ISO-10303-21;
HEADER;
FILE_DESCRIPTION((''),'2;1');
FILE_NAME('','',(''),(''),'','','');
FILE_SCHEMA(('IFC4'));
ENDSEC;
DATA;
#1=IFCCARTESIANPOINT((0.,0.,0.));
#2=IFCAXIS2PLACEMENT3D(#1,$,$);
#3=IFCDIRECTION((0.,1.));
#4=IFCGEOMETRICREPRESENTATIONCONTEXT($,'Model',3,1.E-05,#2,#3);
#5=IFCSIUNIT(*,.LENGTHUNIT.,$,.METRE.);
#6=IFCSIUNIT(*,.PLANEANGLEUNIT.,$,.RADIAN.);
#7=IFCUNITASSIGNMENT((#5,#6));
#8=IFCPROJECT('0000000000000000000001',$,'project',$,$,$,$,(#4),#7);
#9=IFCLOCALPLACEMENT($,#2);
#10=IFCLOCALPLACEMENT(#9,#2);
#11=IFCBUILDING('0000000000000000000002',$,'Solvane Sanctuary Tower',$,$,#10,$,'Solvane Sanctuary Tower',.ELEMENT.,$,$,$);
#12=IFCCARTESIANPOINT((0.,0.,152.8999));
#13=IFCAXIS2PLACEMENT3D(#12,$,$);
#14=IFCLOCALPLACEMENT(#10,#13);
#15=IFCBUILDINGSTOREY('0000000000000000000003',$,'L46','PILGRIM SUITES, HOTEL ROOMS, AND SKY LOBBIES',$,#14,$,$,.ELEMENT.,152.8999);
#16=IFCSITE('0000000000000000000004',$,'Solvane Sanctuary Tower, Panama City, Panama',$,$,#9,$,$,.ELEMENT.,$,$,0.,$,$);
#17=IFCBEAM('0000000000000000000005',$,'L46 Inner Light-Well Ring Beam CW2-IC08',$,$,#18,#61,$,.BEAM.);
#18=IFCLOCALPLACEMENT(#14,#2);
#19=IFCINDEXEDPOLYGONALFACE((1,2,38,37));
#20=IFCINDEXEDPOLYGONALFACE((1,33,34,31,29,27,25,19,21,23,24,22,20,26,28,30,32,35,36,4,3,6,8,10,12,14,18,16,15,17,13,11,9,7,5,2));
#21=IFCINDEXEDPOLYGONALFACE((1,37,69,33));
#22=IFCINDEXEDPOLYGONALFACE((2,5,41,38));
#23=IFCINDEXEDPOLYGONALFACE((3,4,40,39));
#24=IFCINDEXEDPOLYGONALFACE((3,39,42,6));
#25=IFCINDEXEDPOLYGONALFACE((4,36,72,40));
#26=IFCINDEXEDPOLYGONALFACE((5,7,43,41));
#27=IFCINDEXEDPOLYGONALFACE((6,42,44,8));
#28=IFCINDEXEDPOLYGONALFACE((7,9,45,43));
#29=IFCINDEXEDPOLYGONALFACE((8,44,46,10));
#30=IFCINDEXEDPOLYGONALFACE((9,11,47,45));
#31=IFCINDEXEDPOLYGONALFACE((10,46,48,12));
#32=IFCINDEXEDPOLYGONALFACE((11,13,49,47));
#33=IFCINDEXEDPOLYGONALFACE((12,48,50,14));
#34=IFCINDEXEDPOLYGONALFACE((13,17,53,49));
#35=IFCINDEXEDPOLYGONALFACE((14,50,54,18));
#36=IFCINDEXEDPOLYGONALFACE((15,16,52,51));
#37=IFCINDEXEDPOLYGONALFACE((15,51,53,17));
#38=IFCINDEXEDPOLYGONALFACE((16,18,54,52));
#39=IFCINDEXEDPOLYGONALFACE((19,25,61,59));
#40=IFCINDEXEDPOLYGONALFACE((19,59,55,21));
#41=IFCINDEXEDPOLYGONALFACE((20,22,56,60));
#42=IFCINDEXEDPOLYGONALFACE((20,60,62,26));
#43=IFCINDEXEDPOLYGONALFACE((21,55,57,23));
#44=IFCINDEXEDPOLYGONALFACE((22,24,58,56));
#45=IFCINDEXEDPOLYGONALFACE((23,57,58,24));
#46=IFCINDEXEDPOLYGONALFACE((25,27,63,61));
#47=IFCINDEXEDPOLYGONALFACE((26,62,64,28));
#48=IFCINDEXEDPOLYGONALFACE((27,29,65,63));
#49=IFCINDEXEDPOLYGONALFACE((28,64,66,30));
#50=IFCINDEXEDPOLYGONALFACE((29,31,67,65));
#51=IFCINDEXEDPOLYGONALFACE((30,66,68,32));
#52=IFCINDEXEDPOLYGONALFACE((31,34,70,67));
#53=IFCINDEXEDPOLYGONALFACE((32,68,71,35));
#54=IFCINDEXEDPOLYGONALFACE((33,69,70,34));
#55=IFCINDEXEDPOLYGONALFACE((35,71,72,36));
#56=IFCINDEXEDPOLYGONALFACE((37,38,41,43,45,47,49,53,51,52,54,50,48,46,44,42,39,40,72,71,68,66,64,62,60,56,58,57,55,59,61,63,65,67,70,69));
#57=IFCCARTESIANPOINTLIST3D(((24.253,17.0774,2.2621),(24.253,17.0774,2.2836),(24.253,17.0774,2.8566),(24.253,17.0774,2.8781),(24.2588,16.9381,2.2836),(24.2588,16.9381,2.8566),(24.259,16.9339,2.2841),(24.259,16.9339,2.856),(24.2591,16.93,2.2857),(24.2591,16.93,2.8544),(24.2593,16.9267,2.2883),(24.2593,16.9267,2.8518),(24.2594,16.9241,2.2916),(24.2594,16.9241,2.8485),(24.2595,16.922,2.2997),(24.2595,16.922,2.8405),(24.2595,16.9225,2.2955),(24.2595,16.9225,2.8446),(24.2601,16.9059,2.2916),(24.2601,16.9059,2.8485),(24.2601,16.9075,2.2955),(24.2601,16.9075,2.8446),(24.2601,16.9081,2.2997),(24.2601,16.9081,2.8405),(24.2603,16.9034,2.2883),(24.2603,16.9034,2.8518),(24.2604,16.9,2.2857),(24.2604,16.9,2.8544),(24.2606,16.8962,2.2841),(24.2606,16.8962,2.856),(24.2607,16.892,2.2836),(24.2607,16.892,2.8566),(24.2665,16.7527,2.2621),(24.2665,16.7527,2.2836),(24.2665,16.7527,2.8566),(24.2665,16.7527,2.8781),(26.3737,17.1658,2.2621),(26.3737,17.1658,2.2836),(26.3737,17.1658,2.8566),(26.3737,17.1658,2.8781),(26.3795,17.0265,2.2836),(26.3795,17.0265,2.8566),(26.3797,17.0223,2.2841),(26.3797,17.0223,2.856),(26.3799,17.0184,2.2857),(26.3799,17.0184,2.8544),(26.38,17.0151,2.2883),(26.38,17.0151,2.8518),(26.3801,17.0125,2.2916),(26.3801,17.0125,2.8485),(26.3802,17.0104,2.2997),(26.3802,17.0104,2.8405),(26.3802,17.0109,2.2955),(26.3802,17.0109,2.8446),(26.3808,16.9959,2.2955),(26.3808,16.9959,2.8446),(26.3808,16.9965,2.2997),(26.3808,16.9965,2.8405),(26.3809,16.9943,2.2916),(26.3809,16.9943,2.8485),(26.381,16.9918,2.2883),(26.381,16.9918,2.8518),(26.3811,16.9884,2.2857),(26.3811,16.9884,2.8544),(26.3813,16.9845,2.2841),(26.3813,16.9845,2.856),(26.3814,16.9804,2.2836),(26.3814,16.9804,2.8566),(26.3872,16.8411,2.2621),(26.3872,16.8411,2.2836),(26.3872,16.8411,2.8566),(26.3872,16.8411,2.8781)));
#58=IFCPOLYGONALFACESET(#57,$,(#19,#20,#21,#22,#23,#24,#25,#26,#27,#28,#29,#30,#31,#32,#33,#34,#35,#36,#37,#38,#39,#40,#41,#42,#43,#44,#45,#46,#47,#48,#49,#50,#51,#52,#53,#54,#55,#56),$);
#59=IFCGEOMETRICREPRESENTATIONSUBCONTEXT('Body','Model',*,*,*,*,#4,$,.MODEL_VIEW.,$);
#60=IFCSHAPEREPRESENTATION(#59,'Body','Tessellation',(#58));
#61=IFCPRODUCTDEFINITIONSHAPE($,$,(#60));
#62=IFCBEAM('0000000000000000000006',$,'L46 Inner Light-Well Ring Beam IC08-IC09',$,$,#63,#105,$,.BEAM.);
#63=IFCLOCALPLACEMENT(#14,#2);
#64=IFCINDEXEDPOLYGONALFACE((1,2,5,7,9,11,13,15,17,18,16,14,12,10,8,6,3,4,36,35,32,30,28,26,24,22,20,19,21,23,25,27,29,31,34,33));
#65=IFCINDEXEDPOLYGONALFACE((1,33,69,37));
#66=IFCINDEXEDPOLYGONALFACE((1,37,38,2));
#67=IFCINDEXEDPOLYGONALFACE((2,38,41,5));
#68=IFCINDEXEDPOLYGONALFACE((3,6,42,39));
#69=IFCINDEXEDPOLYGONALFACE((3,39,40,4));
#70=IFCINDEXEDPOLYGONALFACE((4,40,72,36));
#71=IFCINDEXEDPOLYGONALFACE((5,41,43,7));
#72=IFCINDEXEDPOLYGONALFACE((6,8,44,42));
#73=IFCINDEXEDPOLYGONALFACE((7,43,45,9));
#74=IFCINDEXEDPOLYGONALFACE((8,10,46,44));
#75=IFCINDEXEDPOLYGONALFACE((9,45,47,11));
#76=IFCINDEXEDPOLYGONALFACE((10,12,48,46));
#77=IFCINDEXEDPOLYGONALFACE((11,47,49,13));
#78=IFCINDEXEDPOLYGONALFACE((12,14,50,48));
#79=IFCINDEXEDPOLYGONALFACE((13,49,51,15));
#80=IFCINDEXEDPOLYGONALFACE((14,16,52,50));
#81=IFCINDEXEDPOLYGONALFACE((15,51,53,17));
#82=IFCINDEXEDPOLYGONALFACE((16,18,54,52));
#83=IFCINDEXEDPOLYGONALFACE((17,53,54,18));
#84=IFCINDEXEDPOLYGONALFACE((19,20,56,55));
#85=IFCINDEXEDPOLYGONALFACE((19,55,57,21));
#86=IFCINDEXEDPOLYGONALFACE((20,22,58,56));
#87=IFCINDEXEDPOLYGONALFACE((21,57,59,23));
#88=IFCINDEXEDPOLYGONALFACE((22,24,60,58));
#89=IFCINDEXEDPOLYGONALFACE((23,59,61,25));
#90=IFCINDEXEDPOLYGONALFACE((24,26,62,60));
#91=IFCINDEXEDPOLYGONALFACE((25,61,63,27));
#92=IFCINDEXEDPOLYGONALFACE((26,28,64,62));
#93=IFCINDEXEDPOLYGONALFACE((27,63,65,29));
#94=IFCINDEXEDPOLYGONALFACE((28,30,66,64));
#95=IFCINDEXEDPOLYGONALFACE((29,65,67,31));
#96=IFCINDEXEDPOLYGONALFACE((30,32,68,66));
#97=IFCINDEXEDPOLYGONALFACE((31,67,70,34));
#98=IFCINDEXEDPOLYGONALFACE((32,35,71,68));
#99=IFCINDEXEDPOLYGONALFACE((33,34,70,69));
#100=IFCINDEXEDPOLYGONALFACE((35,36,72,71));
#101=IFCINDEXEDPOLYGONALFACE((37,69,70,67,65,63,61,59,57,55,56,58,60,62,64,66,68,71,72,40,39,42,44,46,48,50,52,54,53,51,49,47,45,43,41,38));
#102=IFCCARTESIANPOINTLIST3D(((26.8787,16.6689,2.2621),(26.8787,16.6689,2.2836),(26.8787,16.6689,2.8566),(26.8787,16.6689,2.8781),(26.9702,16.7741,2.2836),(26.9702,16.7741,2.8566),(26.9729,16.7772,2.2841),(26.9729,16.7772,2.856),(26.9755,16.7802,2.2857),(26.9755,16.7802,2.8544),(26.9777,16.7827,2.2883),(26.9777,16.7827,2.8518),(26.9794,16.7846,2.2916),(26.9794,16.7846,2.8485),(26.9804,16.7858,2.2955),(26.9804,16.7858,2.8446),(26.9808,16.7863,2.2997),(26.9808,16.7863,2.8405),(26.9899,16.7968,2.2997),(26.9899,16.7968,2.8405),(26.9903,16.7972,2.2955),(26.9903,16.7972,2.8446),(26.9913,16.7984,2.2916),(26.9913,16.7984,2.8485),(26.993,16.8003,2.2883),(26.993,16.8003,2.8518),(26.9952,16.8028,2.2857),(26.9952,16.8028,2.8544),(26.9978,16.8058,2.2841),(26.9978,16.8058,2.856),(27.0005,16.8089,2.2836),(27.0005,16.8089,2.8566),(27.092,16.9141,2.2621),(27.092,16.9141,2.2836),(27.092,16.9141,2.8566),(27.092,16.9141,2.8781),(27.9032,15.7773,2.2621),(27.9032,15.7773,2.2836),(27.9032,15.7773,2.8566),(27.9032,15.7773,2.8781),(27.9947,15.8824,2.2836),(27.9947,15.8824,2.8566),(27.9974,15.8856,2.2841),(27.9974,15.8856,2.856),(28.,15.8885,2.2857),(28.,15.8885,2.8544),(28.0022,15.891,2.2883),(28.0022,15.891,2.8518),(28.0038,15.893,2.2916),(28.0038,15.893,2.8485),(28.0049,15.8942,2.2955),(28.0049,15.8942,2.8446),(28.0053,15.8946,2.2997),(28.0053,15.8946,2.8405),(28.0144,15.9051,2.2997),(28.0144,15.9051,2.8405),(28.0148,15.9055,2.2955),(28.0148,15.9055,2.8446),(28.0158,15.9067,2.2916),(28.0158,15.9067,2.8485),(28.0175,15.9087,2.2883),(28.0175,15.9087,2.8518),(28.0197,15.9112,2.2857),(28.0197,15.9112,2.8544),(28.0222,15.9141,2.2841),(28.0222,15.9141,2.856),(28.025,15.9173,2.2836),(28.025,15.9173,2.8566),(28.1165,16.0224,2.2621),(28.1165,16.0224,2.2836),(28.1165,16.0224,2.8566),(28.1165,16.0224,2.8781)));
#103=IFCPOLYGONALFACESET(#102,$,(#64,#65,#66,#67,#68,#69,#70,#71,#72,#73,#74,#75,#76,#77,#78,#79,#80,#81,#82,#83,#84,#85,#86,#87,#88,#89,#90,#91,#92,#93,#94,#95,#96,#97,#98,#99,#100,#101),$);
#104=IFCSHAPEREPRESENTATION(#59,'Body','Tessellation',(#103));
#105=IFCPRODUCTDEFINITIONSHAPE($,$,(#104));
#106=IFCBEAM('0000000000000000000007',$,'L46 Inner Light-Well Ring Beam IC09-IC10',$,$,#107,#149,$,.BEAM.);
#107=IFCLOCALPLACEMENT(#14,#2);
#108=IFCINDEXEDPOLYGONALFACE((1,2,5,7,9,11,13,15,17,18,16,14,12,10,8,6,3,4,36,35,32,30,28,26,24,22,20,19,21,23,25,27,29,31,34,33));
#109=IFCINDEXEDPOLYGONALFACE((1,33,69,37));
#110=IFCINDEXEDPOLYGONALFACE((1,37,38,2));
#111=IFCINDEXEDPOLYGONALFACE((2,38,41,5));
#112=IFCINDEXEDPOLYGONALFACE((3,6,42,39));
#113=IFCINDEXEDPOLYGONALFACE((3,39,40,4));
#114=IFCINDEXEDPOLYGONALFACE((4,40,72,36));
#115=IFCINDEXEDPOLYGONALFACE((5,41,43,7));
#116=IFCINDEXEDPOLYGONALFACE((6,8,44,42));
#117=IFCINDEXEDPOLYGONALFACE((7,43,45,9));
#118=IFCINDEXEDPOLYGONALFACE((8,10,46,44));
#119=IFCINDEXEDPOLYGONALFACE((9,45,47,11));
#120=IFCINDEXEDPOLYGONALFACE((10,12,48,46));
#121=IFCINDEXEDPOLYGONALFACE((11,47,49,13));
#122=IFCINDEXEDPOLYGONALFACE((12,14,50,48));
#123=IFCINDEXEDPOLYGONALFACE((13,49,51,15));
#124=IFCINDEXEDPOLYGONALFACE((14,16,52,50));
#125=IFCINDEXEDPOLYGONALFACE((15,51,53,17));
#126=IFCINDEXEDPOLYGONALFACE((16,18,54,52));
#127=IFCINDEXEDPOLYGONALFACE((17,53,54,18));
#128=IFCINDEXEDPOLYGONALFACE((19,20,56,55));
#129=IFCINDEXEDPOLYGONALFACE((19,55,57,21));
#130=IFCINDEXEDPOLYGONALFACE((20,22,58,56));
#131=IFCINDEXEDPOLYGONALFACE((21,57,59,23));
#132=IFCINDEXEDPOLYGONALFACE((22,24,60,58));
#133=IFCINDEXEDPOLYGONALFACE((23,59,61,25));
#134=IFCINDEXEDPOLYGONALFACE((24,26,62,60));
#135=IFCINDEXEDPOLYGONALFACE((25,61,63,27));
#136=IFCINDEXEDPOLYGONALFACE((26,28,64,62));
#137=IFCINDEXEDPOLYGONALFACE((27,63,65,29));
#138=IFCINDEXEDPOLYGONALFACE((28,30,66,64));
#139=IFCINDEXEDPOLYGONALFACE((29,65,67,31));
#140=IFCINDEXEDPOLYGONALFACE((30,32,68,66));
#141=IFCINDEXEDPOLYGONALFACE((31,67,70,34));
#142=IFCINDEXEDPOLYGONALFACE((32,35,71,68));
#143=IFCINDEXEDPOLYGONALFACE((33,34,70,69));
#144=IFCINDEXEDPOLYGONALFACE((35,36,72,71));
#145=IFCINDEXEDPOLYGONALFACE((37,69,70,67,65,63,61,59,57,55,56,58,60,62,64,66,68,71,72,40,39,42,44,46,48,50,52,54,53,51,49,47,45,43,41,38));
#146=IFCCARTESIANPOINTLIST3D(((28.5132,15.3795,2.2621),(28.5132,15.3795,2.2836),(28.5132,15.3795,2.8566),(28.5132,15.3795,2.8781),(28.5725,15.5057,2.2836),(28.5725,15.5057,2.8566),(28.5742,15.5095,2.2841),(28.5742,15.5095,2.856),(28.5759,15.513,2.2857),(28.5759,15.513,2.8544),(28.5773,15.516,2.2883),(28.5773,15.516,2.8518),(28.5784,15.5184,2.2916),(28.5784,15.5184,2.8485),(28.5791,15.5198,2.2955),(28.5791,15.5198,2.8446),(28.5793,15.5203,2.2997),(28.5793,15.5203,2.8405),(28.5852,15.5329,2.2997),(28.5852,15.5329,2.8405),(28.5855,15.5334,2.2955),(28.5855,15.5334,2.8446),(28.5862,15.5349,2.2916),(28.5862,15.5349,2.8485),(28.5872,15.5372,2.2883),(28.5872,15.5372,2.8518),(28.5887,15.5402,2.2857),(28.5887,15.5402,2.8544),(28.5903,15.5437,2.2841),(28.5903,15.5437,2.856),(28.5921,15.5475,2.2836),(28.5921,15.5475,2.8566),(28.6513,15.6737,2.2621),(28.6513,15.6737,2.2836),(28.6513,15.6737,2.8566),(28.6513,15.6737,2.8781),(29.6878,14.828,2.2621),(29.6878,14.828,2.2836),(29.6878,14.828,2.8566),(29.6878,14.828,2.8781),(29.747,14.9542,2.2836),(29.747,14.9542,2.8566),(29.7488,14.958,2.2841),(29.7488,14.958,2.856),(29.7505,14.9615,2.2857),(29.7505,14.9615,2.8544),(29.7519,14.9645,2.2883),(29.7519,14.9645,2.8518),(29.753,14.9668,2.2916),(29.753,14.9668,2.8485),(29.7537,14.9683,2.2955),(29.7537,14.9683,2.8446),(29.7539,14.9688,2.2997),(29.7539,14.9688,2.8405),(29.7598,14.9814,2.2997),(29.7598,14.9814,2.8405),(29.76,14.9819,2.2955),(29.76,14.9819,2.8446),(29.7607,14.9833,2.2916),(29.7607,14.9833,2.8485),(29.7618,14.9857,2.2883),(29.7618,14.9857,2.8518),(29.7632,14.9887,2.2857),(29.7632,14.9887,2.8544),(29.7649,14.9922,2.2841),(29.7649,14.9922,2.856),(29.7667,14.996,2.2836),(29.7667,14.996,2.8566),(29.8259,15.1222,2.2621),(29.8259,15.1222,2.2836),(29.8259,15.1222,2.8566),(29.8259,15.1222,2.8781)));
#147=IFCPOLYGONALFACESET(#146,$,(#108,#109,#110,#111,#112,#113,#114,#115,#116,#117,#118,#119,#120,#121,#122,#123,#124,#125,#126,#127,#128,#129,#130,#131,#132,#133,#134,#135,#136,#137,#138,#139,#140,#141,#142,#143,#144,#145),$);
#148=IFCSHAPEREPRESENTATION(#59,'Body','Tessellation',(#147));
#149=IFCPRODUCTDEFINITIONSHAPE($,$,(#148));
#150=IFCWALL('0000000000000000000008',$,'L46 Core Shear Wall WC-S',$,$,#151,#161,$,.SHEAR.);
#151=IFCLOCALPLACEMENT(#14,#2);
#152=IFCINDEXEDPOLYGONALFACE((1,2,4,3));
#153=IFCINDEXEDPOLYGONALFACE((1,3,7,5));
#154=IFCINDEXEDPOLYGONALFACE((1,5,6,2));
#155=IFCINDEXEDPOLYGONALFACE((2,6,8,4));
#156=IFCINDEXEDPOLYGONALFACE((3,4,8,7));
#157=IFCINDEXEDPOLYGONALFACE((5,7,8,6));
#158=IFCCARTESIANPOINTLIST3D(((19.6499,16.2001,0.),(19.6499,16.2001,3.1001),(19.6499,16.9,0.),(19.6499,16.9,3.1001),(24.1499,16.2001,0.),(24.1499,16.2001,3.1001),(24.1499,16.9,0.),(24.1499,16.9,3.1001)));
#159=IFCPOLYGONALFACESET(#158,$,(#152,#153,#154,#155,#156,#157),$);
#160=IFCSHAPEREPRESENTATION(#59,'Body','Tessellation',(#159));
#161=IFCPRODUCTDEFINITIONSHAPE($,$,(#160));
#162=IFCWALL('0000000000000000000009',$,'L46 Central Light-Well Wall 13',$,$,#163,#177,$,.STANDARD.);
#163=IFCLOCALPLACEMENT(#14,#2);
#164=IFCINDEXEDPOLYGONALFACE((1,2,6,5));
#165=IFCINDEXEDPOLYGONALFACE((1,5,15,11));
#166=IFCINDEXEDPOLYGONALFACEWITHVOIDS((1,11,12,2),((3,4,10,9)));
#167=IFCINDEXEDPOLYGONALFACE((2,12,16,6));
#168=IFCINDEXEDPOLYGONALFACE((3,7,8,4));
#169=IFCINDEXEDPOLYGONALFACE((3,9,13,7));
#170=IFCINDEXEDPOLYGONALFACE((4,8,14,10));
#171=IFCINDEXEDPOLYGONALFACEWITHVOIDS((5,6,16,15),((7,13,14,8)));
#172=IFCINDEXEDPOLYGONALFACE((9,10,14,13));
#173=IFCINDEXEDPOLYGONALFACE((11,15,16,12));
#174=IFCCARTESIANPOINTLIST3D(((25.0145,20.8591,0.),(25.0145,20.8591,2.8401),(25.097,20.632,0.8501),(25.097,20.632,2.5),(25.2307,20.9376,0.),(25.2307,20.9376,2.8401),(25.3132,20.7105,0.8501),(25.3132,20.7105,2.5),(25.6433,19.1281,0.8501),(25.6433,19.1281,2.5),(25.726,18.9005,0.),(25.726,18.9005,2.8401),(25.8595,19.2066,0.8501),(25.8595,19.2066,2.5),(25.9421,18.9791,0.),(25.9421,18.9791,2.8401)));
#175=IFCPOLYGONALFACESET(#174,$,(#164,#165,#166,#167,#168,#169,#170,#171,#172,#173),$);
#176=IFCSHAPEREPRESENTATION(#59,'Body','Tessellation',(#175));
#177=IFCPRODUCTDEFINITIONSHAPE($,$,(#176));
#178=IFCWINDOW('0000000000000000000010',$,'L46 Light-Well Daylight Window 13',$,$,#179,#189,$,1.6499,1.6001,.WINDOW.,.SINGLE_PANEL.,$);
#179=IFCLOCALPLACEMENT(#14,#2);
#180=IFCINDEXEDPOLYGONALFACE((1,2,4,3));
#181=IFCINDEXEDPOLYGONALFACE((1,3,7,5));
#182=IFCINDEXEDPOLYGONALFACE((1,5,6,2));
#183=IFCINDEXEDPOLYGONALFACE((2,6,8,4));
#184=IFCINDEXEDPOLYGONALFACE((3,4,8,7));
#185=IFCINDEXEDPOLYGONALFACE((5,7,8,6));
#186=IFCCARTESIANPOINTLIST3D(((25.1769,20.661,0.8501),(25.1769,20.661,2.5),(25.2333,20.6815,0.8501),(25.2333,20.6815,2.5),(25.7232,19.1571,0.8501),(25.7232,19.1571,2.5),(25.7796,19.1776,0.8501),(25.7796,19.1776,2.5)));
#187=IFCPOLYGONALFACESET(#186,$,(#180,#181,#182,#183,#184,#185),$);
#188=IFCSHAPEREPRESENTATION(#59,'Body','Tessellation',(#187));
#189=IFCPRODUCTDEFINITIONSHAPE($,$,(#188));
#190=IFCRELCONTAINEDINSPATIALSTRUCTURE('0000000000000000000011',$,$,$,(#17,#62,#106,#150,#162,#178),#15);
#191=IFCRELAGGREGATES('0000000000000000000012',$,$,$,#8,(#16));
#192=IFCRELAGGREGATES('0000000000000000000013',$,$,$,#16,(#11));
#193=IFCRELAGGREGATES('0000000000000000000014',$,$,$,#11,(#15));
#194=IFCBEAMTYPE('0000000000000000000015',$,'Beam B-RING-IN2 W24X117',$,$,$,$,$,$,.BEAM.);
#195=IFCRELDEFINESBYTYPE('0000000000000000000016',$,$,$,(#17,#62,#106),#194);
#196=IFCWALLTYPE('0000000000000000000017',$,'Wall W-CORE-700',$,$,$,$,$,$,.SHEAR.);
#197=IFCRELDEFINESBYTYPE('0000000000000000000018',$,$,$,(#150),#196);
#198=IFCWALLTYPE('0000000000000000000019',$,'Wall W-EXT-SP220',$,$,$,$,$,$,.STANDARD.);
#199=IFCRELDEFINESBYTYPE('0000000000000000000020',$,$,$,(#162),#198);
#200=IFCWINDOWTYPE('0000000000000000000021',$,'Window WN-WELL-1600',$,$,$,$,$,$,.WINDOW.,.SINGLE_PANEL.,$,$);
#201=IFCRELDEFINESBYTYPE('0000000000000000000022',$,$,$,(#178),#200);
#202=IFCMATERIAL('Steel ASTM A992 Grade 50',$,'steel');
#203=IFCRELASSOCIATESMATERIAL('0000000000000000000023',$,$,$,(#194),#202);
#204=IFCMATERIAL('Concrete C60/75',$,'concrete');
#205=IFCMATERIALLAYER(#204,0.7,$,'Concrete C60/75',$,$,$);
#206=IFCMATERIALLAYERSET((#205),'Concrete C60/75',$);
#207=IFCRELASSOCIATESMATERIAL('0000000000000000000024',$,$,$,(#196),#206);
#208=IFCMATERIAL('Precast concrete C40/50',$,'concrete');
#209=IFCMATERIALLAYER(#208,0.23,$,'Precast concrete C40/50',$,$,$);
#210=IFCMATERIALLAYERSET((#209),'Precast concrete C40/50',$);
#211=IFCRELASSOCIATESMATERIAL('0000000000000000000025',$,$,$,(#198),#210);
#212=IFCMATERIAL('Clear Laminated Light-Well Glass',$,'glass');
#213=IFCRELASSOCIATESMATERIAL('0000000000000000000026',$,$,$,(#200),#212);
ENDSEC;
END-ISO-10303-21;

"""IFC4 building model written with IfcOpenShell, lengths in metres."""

from ifc_helpers import new_model, si_unit, direction, frame, frame_2d, origin, origin_2d, place, context, subcontext, project, spatial, rectangle, i_section, extrude, material, layer, layer_set, material_profile, profile_set, type_object, element, fill, save


model = new_model("IFC4")

# Units and contexts
model_context = context("Model", 3, precision=1e-05, world=origin(), true_north=direction((0.0, 1.0)))
body_context = subcontext(model_context, "Body", "Model", "MODEL_VIEW")
ifc_project = project(units=[si_unit("LENGTHUNIT", "METRE"), si_unit("PLANEANGLEUNIT", "RADIAN")], contexts=[model_context])

# Site, building, storey
site_placement = place(None, origin())
site = spatial("IfcSite", under=ifc_project, at=site_placement, Name="Solvane Sanctuary Tower, Panama City, Panama", CompositionType="ELEMENT", RefElevation=0.0)
building_placement = place(site_placement, origin())
building = spatial("IfcBuilding", under=site, at=building_placement, Name="Solvane Sanctuary Tower", LongName="Solvane Sanctuary Tower", CompositionType="ELEMENT")
storey_placement = place(building_placement, frame((0.0, 0.0, 152.8999)))
storey = spatial("IfcBuildingStorey", under=building, at=storey_placement, Name="L46", Description="PILGRIM SUITES, HOTEL ROOMS, AND SKY LOBBIES", CompositionType="ELEMENT", Elevation=152.8999)

# Beams
ifc_material_1 = material(Name="Steel ASTM A992 Grade 50", Category="steel")
ifc_material_profile_1 = material_profile(ifc_material_1, i_section(OverallWidth=0.325, OverallDepth=0.616, WebThickness=0.0139, FlangeThickness=0.0215, FilletRadius=0.0161, at=origin_2d()), Name="W24X117")
ifc_profile_set_1 = profile_set([ifc_material_profile_1], Name="Steel ASTM A992 Grade 50")
beam_type_1 = type_object("IfcBeamType", Name="Beam B-RING-IN2 W24X117", PredefinedType="BEAM", material=ifc_profile_set_1)
beam_1_placement = place(storey_placement, frame((24.2598, 16.915, 2.5701), z_axis=(0.999133, 0.04164, 0.0), x_axis=(-0.04164, 0.999133, 0.0)))
element("IfcBeam", 1, at=beam_1_placement, inside=storey, type_object=beam_type_1, Name="L46 Inner Light-Well Ring Beam CW2-IC08", PredefinedType="BEAM", context=body_context, shape_type="SweptSolid", body=[
    extrude(i_section(OverallWidth=0.325, OverallDepth=0.616, WebThickness=0.0139, FlangeThickness=0.0215, FilletRadius=0.0161, at=origin_2d()), origin(), (0.0, 0.0, 1.0), 2.1226),
])
beam_2_placement = place(storey_placement, frame((26.9854, 16.7915, 2.5701), z_axis=(0.754311, -0.656517, 0.0), x_axis=(0.656517, 0.754311, 0.0)))
element("IfcBeam", 2, at=beam_2_placement, inside=storey, type_object=beam_type_1, Name="L46 Inner Light-Well Ring Beam IC08-IC09", PredefinedType="BEAM", context=body_context, shape_type="SweptSolid", body=[
    extrude(i_section(OverallWidth=0.325, OverallDepth=0.616, WebThickness=0.0139, FlangeThickness=0.0215, FilletRadius=0.0161, at=origin_2d()), origin(), (0.0, 0.0, 1.0), 1.3582),
])
beam_3_placement = place(storey_placement, frame((28.5823, 15.5266, 2.5701), z_axis=(0.905181, -0.425027, 0.0), x_axis=(0.425027, 0.905181, 0.0)))
element("IfcBeam", 3, at=beam_3_placement, inside=storey, type_object=beam_type_1, Name="L46 Inner Light-Well Ring Beam IC09-IC10", PredefinedType="BEAM", context=body_context, shape_type="SweptSolid", body=[
    extrude(i_section(OverallWidth=0.325, OverallDepth=0.616, WebThickness=0.0139, FlangeThickness=0.0215, FilletRadius=0.0161, at=origin_2d()), origin(), (0.0, 0.0, 1.0), 1.2976),
])

# Wall
ifc_material_2 = material(Name="Concrete C60/75", Category="concrete")
ifc_layer_1 = layer(ifc_material_2, 0.7, Name="Concrete C60/75")
ifc_layer_set_1 = layer_set([ifc_layer_1], Name="Concrete C60/75")
wall_type_1 = type_object("IfcWallType", Name="Wall W-CORE-700", PredefinedType="SHEAR", material=ifc_layer_set_1)
wall_1_placement = place(storey_placement, frame((19.6499, 16.55, 0.0), z_axis=(0.0, 0.0, 1.0), x_axis=(1.0, 0.0, 0.0)))
element("IfcWall", 4, at=wall_1_placement, inside=storey, type_object=wall_type_1, Name="L46 Core Shear Wall WC-S", PredefinedType="SHEAR", context=body_context, shape_type="SweptSolid", body=[
    extrude(rectangle(XDim=4.5, YDim=0.7, at=frame_2d((2.25, 0.0))), origin(), (0.0, 0.0, 1.0), 3.1001),
])

# Wall, opening, window
ifc_material_3 = material(Name="Precast concrete C40/50", Category="concrete")
ifc_layer_2 = layer(ifc_material_3, 0.23, Name="Precast concrete C40/50")
ifc_layer_set_2 = layer_set([ifc_layer_2], Name="Precast concrete C40/50")
wall_type_2 = type_object("IfcWallType", Name="Wall W-EXT-SP220", PredefinedType="STANDARD", material=ifc_layer_set_2)
wall_2_placement = place(storey_placement, frame((25.1226, 20.8984, 0.0), z_axis=(0.0, 0.0, 1.0), x_axis=(0.341423, -0.93991, 0.0)))
wall_2 = element("IfcWall", 5, at=wall_2_placement, inside=storey, type_object=wall_type_2, Name="L46 Central Light-Well Wall 13", PredefinedType="STANDARD", context=body_context, shape_type="SweptSolid", body=[
    extrude(rectangle(XDim=2.0837, YDim=0.23, at=frame_2d((1.042, 0.0))), origin(), (0.0, 0.0, 1.0), 2.8401),
])
opening_1_placement = place(wall_2_placement, frame((0.2417, 0.0, 0.8501)))
opening_1 = element("IfcOpeningElement", 6, at=opening_1_placement, cuts=wall_2, PredefinedType="OPENING", context=body_context, shape_type="SweptSolid", body=[
    extrude(rectangle(XDim=1.6001, YDim=1.6499, at=frame_2d((0.8, 0.825))), frame((0.0, 0.125, 0.0), z_axis=(0.0, -1.0, 0.0), x_axis=(1.0, 0.0, 0.0)), (0.0, 0.0, 1.0), 0.25),
])
ifc_material_4 = material(Name="Clear Laminated Light-Well Glass", Category="glass")
window_type = type_object("IfcWindowType", Name="Window WN-WELL-1600", PartitioningType="SINGLE_PANEL", PredefinedType="WINDOW", material=ifc_material_4)
window_placement = place(opening_1_placement, origin())
window = element("IfcWindow", 7, at=window_placement, inside=storey, type_object=window_type, Name="L46 Light-Well Daylight Window 13", OverallHeight=1.6499, OverallWidth=1.6001, PartitioningType="SINGLE_PANEL", PredefinedType="WINDOW", context=body_context, shape_type="SweptSolid", body=[
    extrude(rectangle(XDim=1.6001, YDim=1.6499, at=frame_2d((0.8, 0.825))), frame((0.0, 0.03, 0.0), z_axis=(0.0, -1.0, 0.0), x_axis=(1.0, 0.0, 0.0)), (0.0, 0.0, 1.0), 0.0601),
])
fill(opening_1, window)

save(model, "model.ifc")
